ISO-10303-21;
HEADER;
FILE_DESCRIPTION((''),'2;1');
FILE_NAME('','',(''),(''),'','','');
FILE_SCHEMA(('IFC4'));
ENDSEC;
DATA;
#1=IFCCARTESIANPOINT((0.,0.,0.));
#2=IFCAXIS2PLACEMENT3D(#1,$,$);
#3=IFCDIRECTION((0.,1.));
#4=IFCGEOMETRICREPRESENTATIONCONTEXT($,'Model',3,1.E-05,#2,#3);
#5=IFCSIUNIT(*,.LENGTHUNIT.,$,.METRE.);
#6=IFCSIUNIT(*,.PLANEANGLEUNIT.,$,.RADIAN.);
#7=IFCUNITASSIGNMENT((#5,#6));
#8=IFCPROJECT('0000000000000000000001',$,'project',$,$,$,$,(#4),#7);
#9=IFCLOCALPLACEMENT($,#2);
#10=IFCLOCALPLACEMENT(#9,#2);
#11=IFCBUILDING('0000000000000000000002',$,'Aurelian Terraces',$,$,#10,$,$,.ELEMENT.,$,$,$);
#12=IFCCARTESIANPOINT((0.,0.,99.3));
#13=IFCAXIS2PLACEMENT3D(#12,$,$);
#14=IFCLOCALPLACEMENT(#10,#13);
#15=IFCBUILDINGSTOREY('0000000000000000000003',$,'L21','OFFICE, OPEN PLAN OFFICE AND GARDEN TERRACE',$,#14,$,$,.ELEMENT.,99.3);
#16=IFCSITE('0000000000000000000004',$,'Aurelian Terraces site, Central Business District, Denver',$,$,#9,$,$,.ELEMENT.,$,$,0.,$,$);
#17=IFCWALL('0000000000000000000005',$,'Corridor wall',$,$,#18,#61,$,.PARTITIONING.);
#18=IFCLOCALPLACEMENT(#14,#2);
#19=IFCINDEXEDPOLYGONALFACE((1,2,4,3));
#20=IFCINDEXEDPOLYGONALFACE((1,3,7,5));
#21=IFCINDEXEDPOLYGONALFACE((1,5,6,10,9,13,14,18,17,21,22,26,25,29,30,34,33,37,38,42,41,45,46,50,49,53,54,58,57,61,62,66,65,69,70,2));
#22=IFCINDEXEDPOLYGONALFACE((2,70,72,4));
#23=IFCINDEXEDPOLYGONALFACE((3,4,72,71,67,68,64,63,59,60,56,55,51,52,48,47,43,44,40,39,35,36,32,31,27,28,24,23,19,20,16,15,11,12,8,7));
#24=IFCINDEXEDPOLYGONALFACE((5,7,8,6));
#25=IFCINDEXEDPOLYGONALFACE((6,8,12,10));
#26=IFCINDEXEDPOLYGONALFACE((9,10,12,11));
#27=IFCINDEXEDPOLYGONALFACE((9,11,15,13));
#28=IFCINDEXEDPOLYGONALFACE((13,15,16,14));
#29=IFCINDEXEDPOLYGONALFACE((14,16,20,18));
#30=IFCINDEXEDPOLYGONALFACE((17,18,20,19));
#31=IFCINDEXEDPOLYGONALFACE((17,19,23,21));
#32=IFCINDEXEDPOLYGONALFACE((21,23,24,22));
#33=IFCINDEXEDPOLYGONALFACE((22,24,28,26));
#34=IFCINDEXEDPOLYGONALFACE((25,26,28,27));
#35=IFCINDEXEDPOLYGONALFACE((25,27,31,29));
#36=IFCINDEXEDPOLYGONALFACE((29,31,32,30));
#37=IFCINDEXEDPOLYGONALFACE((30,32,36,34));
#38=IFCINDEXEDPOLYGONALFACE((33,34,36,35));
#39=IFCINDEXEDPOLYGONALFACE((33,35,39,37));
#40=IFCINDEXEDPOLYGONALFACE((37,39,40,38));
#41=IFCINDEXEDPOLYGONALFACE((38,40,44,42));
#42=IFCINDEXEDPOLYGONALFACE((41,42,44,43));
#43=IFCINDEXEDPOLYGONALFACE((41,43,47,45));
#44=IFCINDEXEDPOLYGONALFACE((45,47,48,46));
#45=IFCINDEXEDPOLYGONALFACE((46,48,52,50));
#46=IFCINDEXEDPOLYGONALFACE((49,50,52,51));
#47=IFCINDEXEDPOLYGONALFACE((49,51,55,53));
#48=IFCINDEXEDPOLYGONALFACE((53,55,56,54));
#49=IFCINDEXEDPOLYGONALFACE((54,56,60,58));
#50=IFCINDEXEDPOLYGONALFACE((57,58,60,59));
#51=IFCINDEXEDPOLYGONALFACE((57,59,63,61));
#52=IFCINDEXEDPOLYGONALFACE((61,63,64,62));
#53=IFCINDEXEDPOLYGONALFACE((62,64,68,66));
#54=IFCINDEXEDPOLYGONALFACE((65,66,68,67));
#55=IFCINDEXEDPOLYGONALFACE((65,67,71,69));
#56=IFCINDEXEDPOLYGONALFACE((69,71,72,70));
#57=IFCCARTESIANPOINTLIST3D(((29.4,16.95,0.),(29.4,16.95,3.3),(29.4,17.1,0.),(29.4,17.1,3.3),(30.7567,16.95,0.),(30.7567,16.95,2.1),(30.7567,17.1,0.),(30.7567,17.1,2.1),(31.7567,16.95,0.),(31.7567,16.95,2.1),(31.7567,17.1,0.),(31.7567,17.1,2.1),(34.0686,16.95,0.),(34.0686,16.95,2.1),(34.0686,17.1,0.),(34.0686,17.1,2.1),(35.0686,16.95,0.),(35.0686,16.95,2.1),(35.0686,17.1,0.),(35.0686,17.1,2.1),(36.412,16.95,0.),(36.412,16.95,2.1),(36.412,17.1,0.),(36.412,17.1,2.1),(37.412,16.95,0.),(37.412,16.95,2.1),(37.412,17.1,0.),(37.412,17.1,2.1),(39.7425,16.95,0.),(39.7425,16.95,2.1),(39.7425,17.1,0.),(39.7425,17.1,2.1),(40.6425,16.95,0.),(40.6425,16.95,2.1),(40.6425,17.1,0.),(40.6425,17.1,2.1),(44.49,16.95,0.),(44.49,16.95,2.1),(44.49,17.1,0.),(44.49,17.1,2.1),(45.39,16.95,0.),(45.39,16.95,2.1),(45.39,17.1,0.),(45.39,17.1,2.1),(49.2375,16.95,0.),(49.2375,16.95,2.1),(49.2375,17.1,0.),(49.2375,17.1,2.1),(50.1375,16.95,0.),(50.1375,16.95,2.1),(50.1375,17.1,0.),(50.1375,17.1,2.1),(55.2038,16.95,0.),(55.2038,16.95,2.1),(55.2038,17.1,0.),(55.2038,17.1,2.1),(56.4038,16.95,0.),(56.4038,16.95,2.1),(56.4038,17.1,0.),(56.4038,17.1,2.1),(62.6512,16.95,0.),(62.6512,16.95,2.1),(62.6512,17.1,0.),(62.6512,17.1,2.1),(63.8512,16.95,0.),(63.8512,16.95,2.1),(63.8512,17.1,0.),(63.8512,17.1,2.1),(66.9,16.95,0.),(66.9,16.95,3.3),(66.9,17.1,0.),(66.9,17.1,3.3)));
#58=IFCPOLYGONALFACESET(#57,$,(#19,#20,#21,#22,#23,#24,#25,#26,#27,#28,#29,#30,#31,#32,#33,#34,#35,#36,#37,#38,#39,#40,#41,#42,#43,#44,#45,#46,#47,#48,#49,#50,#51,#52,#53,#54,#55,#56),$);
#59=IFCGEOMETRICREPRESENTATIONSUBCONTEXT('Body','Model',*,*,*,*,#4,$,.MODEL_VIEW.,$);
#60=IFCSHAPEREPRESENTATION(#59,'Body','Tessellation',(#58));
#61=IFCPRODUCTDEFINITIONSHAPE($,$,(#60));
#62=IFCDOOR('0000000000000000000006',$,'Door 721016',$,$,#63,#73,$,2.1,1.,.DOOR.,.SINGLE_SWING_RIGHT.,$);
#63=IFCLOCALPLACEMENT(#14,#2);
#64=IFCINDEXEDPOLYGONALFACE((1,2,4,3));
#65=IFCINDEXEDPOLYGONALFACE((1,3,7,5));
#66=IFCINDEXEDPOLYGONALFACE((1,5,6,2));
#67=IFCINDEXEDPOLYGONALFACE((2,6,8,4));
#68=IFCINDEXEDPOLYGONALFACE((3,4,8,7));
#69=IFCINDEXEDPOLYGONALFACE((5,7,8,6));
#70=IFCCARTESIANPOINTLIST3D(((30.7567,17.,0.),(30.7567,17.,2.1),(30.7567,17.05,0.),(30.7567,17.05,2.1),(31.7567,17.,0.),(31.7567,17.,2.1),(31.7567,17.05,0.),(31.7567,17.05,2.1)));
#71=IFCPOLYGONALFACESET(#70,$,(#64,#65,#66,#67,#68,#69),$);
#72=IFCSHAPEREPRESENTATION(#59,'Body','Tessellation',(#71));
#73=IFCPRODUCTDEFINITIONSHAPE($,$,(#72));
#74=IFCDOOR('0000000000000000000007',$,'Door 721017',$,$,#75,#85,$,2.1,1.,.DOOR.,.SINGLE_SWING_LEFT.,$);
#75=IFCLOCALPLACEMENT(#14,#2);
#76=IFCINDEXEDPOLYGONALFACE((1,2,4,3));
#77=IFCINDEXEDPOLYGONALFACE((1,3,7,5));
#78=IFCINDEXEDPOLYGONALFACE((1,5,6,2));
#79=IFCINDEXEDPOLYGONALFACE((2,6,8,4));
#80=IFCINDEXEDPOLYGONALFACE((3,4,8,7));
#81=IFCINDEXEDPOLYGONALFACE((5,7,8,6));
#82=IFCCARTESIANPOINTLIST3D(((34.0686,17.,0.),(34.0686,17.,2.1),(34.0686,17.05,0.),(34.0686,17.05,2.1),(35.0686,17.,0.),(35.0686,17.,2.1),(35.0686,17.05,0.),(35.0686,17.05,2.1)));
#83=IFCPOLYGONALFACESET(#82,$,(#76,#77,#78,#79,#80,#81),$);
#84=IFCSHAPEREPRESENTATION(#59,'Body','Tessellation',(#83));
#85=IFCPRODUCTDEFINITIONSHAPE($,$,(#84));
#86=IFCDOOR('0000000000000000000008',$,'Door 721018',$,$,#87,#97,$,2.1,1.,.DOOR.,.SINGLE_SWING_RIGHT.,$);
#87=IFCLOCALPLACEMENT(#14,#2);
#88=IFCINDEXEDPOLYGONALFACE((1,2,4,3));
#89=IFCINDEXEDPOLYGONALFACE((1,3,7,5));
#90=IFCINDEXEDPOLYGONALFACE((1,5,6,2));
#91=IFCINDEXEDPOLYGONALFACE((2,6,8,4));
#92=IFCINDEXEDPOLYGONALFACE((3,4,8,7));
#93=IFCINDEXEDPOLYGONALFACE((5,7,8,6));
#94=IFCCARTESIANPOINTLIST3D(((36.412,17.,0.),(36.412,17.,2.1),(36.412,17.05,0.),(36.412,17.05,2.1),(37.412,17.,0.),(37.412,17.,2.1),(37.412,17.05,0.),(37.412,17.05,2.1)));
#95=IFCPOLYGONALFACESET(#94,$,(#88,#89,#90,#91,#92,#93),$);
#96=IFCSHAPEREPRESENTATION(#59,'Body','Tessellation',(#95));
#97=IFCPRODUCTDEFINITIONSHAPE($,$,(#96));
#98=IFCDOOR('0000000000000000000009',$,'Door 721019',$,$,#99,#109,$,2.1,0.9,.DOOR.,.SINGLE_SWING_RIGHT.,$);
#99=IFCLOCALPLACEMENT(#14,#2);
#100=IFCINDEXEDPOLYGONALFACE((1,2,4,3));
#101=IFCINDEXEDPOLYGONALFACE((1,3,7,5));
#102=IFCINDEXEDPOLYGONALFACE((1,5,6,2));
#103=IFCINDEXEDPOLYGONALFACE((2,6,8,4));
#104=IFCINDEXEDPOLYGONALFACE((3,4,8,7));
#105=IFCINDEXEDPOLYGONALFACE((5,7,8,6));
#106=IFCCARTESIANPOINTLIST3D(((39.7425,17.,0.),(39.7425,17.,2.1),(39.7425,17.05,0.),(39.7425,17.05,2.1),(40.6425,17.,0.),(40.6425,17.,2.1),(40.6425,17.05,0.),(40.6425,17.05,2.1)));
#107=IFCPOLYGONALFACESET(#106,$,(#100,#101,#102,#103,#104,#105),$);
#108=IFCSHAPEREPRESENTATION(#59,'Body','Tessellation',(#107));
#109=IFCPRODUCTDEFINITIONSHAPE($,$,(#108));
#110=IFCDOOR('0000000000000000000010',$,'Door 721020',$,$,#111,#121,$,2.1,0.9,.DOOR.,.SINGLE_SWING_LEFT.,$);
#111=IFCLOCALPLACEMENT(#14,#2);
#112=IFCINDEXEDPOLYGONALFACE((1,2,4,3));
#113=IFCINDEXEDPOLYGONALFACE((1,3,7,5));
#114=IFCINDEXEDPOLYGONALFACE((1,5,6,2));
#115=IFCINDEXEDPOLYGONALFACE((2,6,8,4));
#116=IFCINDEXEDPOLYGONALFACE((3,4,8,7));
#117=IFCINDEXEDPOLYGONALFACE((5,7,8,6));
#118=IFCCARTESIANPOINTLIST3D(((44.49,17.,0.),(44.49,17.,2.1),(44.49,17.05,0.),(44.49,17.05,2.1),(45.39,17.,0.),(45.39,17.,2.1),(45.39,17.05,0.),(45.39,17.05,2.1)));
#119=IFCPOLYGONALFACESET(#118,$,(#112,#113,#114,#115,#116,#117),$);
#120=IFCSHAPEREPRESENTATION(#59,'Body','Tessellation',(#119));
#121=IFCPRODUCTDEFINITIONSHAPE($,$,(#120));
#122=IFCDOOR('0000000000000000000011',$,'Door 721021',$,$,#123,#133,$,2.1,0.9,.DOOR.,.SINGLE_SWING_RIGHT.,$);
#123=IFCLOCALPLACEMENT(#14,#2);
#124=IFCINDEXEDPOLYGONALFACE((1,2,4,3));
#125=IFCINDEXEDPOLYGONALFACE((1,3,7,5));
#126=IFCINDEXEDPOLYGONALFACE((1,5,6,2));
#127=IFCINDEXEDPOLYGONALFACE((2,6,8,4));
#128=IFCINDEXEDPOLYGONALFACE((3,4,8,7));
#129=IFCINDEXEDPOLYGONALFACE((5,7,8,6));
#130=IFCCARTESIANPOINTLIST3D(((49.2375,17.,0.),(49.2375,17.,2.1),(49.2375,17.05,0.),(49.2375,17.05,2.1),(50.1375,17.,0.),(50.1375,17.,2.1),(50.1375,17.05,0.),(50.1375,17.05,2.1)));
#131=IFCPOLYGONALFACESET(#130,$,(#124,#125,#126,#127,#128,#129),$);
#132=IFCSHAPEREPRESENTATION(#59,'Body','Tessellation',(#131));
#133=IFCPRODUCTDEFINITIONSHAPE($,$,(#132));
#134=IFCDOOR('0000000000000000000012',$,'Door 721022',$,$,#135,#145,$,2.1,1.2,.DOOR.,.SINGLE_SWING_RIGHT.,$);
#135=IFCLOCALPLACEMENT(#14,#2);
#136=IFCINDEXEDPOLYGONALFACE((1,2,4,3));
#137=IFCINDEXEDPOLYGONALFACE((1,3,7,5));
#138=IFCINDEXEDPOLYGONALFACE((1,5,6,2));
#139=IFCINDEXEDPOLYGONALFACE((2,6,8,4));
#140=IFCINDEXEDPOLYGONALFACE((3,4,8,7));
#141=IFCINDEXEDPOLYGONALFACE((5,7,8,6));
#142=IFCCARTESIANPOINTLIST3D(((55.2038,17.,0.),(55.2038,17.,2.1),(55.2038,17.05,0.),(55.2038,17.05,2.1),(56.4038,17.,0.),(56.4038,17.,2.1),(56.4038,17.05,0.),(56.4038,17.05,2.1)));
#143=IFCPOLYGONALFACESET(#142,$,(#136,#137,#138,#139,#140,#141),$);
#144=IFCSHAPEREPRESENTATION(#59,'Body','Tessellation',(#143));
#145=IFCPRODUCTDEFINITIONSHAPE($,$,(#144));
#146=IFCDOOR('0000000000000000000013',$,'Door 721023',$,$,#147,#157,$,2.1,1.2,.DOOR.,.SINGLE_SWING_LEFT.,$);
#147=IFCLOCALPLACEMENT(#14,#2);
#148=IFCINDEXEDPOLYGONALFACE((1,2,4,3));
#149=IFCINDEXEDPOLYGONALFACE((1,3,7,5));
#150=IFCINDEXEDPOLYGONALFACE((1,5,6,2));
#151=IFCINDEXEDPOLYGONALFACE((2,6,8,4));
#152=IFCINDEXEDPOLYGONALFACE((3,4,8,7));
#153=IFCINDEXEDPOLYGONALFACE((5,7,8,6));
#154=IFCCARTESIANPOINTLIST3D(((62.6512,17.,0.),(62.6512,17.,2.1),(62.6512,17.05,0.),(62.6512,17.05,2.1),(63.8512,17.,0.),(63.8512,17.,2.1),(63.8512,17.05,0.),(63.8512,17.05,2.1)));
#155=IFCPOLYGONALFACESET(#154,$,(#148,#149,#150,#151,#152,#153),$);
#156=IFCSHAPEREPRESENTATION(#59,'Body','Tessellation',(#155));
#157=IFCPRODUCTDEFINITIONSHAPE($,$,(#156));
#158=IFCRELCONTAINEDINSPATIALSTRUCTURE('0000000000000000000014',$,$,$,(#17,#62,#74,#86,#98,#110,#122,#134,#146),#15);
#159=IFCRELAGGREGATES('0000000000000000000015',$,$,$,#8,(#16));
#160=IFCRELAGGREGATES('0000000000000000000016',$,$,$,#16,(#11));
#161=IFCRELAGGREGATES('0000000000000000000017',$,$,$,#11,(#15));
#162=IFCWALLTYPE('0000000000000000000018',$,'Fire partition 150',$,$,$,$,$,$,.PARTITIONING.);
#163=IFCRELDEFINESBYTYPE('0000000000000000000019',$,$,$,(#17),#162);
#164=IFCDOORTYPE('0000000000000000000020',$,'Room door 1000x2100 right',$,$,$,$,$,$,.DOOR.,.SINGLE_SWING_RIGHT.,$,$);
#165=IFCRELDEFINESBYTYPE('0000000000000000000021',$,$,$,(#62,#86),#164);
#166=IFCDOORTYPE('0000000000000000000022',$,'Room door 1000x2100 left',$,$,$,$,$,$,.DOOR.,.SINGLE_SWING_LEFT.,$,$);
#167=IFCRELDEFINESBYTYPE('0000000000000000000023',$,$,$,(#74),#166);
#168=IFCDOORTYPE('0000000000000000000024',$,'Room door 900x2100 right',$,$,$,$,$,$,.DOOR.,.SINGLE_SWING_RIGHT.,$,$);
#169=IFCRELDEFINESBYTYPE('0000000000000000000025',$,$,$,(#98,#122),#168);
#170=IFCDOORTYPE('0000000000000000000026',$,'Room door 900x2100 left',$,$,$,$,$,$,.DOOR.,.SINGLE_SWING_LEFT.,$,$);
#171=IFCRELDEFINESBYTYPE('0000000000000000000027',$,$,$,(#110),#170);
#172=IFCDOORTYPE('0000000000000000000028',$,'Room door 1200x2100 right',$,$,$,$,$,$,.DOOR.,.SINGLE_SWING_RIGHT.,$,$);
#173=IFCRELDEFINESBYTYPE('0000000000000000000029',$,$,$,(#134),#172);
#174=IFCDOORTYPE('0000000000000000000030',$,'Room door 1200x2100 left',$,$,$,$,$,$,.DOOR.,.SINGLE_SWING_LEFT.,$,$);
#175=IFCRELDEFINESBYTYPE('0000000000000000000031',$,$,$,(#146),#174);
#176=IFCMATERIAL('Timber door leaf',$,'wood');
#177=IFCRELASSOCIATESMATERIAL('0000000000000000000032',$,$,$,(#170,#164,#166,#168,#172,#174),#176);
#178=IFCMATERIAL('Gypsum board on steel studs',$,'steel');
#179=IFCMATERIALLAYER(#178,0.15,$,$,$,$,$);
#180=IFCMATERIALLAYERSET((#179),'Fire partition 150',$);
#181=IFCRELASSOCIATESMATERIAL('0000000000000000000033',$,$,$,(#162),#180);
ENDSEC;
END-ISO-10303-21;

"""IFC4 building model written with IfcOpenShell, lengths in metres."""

from ifc_helpers import new_model, si_unit, direction, frame, frame_2d, origin, place, context, subcontext, project, spatial, rectangle, extrude, source, transform, mapped, material, layer, layer_set, type_object, element, fill, save


model = new_model("IFC4")

# Units and contexts
model_context = context("Model", 3, precision=1e-05, world=origin(), true_north=direction((0.0, 1.0)))
body_context = subcontext(model_context, "Body", "Model", "MODEL_VIEW")
ifc_project = project(units=[si_unit("LENGTHUNIT", "METRE"), si_unit("PLANEANGLEUNIT", "RADIAN")], contexts=[model_context])

# Site, building, storey
site_placement = place(None, origin())
site = spatial("IfcSite", under=ifc_project, at=site_placement, Name="Aurelian Terraces site, Central Business District, Denver", CompositionType="ELEMENT", RefElevation=0.0)
building_placement = place(site_placement, origin())
building = spatial("IfcBuilding", under=site, at=building_placement, Name="Aurelian Terraces", CompositionType="ELEMENT")
storey_placement = place(building_placement, frame((0.0, 0.0, 99.3)))
storey = spatial("IfcBuildingStorey", under=building, at=storey_placement, Name="L21", Description="OFFICE, OPEN PLAN OFFICE AND GARDEN TERRACE", CompositionType="ELEMENT", Elevation=99.3)

# Shared definitions
ifc_material_1 = material(Name="Gypsum board on steel studs", Category="steel")

# Shared definitions
shared_shape_1 = source(origin(), body_context, "Body", "SweptSolid", [
    extrude(rectangle(XDim=0.9, YDim=2.1, at=frame_2d((0.45, 1.05))), frame((0.0, 0.085, 0.0), z_axis=(0.0, -1.0, 0.0), x_axis=(1.0, 0.0, 0.0)), (0.0, 0.0, 1.0), 0.17),
])
ifc_material_2 = material(Name="Timber door leaf", Category="wood")
door_type_1 = type_object("IfcDoorType", Name="Room door 900x2100 left", OperationType="SINGLE_SWING_LEFT", PredefinedType="DOOR", material=ifc_material_2)
shared_shape_2 = source(origin(), body_context, "Body", "SweptSolid", [
    extrude(rectangle(XDim=0.9, YDim=2.1, at=frame_2d((0.45, 1.05))), frame((0.0, 0.025, 0.0), z_axis=(0.0, -1.0, 0.0), x_axis=(1.0, 0.0, 0.0)), (0.0, 0.0, 1.0), 0.05),
])

# Wall, openings, doors
ifc_layer_1 = layer(ifc_material_1, 0.15)
ifc_layer_set_1 = layer_set([ifc_layer_1], Name="Fire partition 150")
wall_type_1 = type_object("IfcWallType", Name="Fire partition 150", PredefinedType="PARTITIONING", material=ifc_layer_set_1)
shared_shape_3 = source(origin(), body_context, "Body", "SweptSolid", [
    extrude(rectangle(XDim=37.5, YDim=0.15, at=frame_2d((18.75, 0.0))), origin(), (0.0, 0.0, 1.0), 3.3),
])
wall_1_placement = place(storey_placement, frame((29.4, 17.025, 0.0), z_axis=(0.0, 0.0, 1.0), x_axis=(1.0, 0.0, 0.0)))
wall_1 = element("IfcWall", 1, at=wall_1_placement, inside=storey, type_object=wall_type_1, Name="Corridor wall", PredefinedType="PARTITIONING", context=body_context, shape_type="MappedRepresentation", body=[
    mapped(shared_shape_3, transform((0.0, 0.0, 0.0), scale=1.0)),
])
shared_shape_4 = source(origin(), body_context, "Body", "SweptSolid", [
    extrude(rectangle(XDim=1.0, YDim=2.1, at=frame_2d((0.5, 1.05))), frame((0.0, 0.085, 0.0), z_axis=(0.0, -1.0, 0.0), x_axis=(1.0, 0.0, 0.0)), (0.0, 0.0, 1.0), 0.17),
])
opening_1_placement = place(wall_1_placement, frame((1.3567, 0.0, 0.0)))
opening_1 = element("IfcOpeningElement", 2, at=opening_1_placement, cuts=wall_1, PredefinedType="OPENING", context=body_context, shape_type="MappedRepresentation", body=[
    mapped(shared_shape_4, transform((0.0, 0.0, 0.0), scale=1.0)),
])
opening_2_placement = place(wall_1_placement, frame((4.6686, 0.0, 0.0)))
opening_2 = element("IfcOpeningElement", 3, at=opening_2_placement, cuts=wall_1, PredefinedType="OPENING", context=body_context, shape_type="MappedRepresentation", body=[
    mapped(shared_shape_4, transform((0.0, 0.0, 0.0), scale=1.0)),
])
opening_3_placement = place(wall_1_placement, frame((7.012, 0.0, 0.0)))
opening_3 = element("IfcOpeningElement", 4, at=opening_3_placement, cuts=wall_1, PredefinedType="OPENING", context=body_context, shape_type="MappedRepresentation", body=[
    mapped(shared_shape_4, transform((0.0, 0.0, 0.0), scale=1.0)),
])
opening_4_placement = place(wall_1_placement, frame((10.3425, 0.0, 0.0)))
opening_4 = element("IfcOpeningElement", 5, at=opening_4_placement, cuts=wall_1, PredefinedType="OPENING", context=body_context, shape_type="MappedRepresentation", body=[
    mapped(shared_shape_1, transform((0.0, 0.0, 0.0), scale=1.0)),
])
opening_5_placement = place(wall_1_placement, frame((15.09, 0.0, 0.0)))
opening_5 = element("IfcOpeningElement", 6, at=opening_5_placement, cuts=wall_1, PredefinedType="OPENING", context=body_context, shape_type="MappedRepresentation", body=[
    mapped(shared_shape_1, transform((0.0, 0.0, 0.0), scale=1.0)),
])
opening_6_placement = place(wall_1_placement, frame((19.8375, 0.0, 0.0)))
opening_6 = element("IfcOpeningElement", 7, at=opening_6_placement, cuts=wall_1, PredefinedType="OPENING", context=body_context, shape_type="MappedRepresentation", body=[
    mapped(shared_shape_1, transform((0.0, 0.0, 0.0), scale=1.0)),
])
shared_shape_5 = source(origin(), body_context, "Body", "SweptSolid", [
    extrude(rectangle(XDim=1.2, YDim=2.1, at=frame_2d((0.6, 1.05))), frame((0.0, 0.085, 0.0), z_axis=(0.0, -1.0, 0.0), x_axis=(1.0, 0.0, 0.0)), (0.0, 0.0, 1.0), 0.17),
])
opening_7_placement = place(wall_1_placement, frame((25.8038, 0.0, 0.0)))
opening_7 = element("IfcOpeningElement", 8, at=opening_7_placement, cuts=wall_1, PredefinedType="OPENING", context=body_context, shape_type="MappedRepresentation", body=[
    mapped(shared_shape_5, transform((0.0, 0.0, 0.0), scale=1.0)),
])
opening_8_placement = place(wall_1_placement, frame((33.2512, 0.0, 0.0)))
opening_8 = element("IfcOpeningElement", 9, at=opening_8_placement, cuts=wall_1, PredefinedType="OPENING", context=body_context, shape_type="MappedRepresentation", body=[
    mapped(shared_shape_5, transform((0.0, 0.0, 0.0), scale=1.0)),
])
door_type_2 = type_object("IfcDoorType", Name="Room door 1000x2100 right", OperationType="SINGLE_SWING_RIGHT", PredefinedType="DOOR", material=ifc_material_2)
shared_shape_6 = source(origin(), body_context, "Body", "SweptSolid", [
    extrude(rectangle(XDim=1.0, YDim=2.1, at=frame_2d((0.5, 1.05))), frame((0.0, 0.025, 0.0), z_axis=(0.0, -1.0, 0.0), x_axis=(1.0, 0.0, 0.0)), (0.0, 0.0, 1.0), 0.05),
])
door_1_placement = place(opening_1_placement, origin())
door_1 = element("IfcDoor", 10, at=door_1_placement, inside=storey, type_object=door_type_2, Name="Door 721016", OperationType="SINGLE_SWING_RIGHT", OverallHeight=2.1, OverallWidth=1.0, PredefinedType="DOOR", context=body_context, shape_type="MappedRepresentation", body=[
    mapped(shared_shape_6, transform((0.0, 0.0, 0.0), scale=1.0)),
])
fill(opening_1, door_1)
door_type_3 = type_object("IfcDoorType", Name="Room door 1000x2100 left", OperationType="SINGLE_SWING_LEFT", PredefinedType="DOOR", material=ifc_material_2)
door_2_placement = place(opening_2_placement, origin())
door_2 = element("IfcDoor", 11, at=door_2_placement, inside=storey, type_object=door_type_3, Name="Door 721017", OperationType="SINGLE_SWING_LEFT", OverallHeight=2.1, OverallWidth=1.0, PredefinedType="DOOR", context=body_context, shape_type="MappedRepresentation", body=[
    mapped(shared_shape_6, transform((0.0, 0.0, 0.0), scale=1.0)),
])
fill(opening_2, door_2)
door_3_placement = place(opening_3_placement, origin())
door_3 = element("IfcDoor", 12, at=door_3_placement, inside=storey, type_object=door_type_2, Name="Door 721018", OperationType="SINGLE_SWING_RIGHT", OverallHeight=2.1, OverallWidth=1.0, PredefinedType="DOOR", context=body_context, shape_type="MappedRepresentation", body=[
    mapped(shared_shape_6, transform((0.0, 0.0, 0.0), scale=1.0)),
])
fill(opening_3, door_3)
door_type_4 = type_object("IfcDoorType", Name="Room door 900x2100 right", OperationType="SINGLE_SWING_RIGHT", PredefinedType="DOOR", material=ifc_material_2)
door_4_placement = place(opening_4_placement, origin())
door_4 = element("IfcDoor", 13, at=door_4_placement, inside=storey, type_object=door_type_4, Name="Door 721019", OperationType="SINGLE_SWING_RIGHT", OverallHeight=2.1, OverallWidth=0.9, PredefinedType="DOOR", context=body_context, shape_type="MappedRepresentation", body=[
    mapped(shared_shape_2, transform((0.0, 0.0, 0.0), scale=1.0)),
])
fill(opening_4, door_4)
door_5_placement = place(opening_5_placement, origin())
door_5 = element("IfcDoor", 14, at=door_5_placement, inside=storey, type_object=door_type_1, Name="Door 721020", OperationType="SINGLE_SWING_LEFT", OverallHeight=2.1, OverallWidth=0.9, PredefinedType="DOOR", context=body_context, shape_type="MappedRepresentation", body=[
    mapped(shared_shape_2, transform((0.0, 0.0, 0.0), scale=1.0)),
])
fill(opening_5, door_5)
door_6_placement = place(opening_6_placement, origin())
door_6 = element("IfcDoor", 15, at=door_6_placement, inside=storey, type_object=door_type_4, Name="Door 721021", OperationType="SINGLE_SWING_RIGHT", OverallHeight=2.1, OverallWidth=0.9, PredefinedType="DOOR", context=body_context, shape_type="MappedRepresentation", body=[
    mapped(shared_shape_2, transform((0.0, 0.0, 0.0), scale=1.0)),
])
fill(opening_6, door_6)
door_type_5 = type_object("IfcDoorType", Name="Room door 1200x2100 right", OperationType="SINGLE_SWING_RIGHT", PredefinedType="DOOR", material=ifc_material_2)
shared_shape_7 = source(origin(), body_context, "Body", "SweptSolid", [
    extrude(rectangle(XDim=1.2, YDim=2.1, at=frame_2d((0.6, 1.05))), frame((0.0, 0.025, 0.0), z_axis=(0.0, -1.0, 0.0), x_axis=(1.0, 0.0, 0.0)), (0.0, 0.0, 1.0), 0.05),
])
door_7_placement = place(opening_7_placement, origin())
door_7 = element("IfcDoor", 16, at=door_7_placement, inside=storey, type_object=door_type_5, Name="Door 721022", OperationType="SINGLE_SWING_RIGHT", OverallHeight=2.1, OverallWidth=1.2, PredefinedType="DOOR", context=body_context, shape_type="MappedRepresentation", body=[
    mapped(shared_shape_7, transform((0.0, 0.0, 0.0), scale=1.0)),
])
fill(opening_7, door_7)
door_type_6 = type_object("IfcDoorType", Name="Room door 1200x2100 left", OperationType="SINGLE_SWING_LEFT", PredefinedType="DOOR", material=ifc_material_2)
door_8_placement = place(opening_8_placement, origin())
door_8 = element("IfcDoor", 17, at=door_8_placement, inside=storey, type_object=door_type_6, Name="Door 721023", OperationType="SINGLE_SWING_LEFT", OverallHeight=2.1, OverallWidth=1.2, PredefinedType="DOOR", context=body_context, shape_type="MappedRepresentation", body=[
    mapped(shared_shape_7, transform((0.0, 0.0, 0.0), scale=1.0)),
])
fill(opening_8, door_8)

save(model, "model.ifc")
